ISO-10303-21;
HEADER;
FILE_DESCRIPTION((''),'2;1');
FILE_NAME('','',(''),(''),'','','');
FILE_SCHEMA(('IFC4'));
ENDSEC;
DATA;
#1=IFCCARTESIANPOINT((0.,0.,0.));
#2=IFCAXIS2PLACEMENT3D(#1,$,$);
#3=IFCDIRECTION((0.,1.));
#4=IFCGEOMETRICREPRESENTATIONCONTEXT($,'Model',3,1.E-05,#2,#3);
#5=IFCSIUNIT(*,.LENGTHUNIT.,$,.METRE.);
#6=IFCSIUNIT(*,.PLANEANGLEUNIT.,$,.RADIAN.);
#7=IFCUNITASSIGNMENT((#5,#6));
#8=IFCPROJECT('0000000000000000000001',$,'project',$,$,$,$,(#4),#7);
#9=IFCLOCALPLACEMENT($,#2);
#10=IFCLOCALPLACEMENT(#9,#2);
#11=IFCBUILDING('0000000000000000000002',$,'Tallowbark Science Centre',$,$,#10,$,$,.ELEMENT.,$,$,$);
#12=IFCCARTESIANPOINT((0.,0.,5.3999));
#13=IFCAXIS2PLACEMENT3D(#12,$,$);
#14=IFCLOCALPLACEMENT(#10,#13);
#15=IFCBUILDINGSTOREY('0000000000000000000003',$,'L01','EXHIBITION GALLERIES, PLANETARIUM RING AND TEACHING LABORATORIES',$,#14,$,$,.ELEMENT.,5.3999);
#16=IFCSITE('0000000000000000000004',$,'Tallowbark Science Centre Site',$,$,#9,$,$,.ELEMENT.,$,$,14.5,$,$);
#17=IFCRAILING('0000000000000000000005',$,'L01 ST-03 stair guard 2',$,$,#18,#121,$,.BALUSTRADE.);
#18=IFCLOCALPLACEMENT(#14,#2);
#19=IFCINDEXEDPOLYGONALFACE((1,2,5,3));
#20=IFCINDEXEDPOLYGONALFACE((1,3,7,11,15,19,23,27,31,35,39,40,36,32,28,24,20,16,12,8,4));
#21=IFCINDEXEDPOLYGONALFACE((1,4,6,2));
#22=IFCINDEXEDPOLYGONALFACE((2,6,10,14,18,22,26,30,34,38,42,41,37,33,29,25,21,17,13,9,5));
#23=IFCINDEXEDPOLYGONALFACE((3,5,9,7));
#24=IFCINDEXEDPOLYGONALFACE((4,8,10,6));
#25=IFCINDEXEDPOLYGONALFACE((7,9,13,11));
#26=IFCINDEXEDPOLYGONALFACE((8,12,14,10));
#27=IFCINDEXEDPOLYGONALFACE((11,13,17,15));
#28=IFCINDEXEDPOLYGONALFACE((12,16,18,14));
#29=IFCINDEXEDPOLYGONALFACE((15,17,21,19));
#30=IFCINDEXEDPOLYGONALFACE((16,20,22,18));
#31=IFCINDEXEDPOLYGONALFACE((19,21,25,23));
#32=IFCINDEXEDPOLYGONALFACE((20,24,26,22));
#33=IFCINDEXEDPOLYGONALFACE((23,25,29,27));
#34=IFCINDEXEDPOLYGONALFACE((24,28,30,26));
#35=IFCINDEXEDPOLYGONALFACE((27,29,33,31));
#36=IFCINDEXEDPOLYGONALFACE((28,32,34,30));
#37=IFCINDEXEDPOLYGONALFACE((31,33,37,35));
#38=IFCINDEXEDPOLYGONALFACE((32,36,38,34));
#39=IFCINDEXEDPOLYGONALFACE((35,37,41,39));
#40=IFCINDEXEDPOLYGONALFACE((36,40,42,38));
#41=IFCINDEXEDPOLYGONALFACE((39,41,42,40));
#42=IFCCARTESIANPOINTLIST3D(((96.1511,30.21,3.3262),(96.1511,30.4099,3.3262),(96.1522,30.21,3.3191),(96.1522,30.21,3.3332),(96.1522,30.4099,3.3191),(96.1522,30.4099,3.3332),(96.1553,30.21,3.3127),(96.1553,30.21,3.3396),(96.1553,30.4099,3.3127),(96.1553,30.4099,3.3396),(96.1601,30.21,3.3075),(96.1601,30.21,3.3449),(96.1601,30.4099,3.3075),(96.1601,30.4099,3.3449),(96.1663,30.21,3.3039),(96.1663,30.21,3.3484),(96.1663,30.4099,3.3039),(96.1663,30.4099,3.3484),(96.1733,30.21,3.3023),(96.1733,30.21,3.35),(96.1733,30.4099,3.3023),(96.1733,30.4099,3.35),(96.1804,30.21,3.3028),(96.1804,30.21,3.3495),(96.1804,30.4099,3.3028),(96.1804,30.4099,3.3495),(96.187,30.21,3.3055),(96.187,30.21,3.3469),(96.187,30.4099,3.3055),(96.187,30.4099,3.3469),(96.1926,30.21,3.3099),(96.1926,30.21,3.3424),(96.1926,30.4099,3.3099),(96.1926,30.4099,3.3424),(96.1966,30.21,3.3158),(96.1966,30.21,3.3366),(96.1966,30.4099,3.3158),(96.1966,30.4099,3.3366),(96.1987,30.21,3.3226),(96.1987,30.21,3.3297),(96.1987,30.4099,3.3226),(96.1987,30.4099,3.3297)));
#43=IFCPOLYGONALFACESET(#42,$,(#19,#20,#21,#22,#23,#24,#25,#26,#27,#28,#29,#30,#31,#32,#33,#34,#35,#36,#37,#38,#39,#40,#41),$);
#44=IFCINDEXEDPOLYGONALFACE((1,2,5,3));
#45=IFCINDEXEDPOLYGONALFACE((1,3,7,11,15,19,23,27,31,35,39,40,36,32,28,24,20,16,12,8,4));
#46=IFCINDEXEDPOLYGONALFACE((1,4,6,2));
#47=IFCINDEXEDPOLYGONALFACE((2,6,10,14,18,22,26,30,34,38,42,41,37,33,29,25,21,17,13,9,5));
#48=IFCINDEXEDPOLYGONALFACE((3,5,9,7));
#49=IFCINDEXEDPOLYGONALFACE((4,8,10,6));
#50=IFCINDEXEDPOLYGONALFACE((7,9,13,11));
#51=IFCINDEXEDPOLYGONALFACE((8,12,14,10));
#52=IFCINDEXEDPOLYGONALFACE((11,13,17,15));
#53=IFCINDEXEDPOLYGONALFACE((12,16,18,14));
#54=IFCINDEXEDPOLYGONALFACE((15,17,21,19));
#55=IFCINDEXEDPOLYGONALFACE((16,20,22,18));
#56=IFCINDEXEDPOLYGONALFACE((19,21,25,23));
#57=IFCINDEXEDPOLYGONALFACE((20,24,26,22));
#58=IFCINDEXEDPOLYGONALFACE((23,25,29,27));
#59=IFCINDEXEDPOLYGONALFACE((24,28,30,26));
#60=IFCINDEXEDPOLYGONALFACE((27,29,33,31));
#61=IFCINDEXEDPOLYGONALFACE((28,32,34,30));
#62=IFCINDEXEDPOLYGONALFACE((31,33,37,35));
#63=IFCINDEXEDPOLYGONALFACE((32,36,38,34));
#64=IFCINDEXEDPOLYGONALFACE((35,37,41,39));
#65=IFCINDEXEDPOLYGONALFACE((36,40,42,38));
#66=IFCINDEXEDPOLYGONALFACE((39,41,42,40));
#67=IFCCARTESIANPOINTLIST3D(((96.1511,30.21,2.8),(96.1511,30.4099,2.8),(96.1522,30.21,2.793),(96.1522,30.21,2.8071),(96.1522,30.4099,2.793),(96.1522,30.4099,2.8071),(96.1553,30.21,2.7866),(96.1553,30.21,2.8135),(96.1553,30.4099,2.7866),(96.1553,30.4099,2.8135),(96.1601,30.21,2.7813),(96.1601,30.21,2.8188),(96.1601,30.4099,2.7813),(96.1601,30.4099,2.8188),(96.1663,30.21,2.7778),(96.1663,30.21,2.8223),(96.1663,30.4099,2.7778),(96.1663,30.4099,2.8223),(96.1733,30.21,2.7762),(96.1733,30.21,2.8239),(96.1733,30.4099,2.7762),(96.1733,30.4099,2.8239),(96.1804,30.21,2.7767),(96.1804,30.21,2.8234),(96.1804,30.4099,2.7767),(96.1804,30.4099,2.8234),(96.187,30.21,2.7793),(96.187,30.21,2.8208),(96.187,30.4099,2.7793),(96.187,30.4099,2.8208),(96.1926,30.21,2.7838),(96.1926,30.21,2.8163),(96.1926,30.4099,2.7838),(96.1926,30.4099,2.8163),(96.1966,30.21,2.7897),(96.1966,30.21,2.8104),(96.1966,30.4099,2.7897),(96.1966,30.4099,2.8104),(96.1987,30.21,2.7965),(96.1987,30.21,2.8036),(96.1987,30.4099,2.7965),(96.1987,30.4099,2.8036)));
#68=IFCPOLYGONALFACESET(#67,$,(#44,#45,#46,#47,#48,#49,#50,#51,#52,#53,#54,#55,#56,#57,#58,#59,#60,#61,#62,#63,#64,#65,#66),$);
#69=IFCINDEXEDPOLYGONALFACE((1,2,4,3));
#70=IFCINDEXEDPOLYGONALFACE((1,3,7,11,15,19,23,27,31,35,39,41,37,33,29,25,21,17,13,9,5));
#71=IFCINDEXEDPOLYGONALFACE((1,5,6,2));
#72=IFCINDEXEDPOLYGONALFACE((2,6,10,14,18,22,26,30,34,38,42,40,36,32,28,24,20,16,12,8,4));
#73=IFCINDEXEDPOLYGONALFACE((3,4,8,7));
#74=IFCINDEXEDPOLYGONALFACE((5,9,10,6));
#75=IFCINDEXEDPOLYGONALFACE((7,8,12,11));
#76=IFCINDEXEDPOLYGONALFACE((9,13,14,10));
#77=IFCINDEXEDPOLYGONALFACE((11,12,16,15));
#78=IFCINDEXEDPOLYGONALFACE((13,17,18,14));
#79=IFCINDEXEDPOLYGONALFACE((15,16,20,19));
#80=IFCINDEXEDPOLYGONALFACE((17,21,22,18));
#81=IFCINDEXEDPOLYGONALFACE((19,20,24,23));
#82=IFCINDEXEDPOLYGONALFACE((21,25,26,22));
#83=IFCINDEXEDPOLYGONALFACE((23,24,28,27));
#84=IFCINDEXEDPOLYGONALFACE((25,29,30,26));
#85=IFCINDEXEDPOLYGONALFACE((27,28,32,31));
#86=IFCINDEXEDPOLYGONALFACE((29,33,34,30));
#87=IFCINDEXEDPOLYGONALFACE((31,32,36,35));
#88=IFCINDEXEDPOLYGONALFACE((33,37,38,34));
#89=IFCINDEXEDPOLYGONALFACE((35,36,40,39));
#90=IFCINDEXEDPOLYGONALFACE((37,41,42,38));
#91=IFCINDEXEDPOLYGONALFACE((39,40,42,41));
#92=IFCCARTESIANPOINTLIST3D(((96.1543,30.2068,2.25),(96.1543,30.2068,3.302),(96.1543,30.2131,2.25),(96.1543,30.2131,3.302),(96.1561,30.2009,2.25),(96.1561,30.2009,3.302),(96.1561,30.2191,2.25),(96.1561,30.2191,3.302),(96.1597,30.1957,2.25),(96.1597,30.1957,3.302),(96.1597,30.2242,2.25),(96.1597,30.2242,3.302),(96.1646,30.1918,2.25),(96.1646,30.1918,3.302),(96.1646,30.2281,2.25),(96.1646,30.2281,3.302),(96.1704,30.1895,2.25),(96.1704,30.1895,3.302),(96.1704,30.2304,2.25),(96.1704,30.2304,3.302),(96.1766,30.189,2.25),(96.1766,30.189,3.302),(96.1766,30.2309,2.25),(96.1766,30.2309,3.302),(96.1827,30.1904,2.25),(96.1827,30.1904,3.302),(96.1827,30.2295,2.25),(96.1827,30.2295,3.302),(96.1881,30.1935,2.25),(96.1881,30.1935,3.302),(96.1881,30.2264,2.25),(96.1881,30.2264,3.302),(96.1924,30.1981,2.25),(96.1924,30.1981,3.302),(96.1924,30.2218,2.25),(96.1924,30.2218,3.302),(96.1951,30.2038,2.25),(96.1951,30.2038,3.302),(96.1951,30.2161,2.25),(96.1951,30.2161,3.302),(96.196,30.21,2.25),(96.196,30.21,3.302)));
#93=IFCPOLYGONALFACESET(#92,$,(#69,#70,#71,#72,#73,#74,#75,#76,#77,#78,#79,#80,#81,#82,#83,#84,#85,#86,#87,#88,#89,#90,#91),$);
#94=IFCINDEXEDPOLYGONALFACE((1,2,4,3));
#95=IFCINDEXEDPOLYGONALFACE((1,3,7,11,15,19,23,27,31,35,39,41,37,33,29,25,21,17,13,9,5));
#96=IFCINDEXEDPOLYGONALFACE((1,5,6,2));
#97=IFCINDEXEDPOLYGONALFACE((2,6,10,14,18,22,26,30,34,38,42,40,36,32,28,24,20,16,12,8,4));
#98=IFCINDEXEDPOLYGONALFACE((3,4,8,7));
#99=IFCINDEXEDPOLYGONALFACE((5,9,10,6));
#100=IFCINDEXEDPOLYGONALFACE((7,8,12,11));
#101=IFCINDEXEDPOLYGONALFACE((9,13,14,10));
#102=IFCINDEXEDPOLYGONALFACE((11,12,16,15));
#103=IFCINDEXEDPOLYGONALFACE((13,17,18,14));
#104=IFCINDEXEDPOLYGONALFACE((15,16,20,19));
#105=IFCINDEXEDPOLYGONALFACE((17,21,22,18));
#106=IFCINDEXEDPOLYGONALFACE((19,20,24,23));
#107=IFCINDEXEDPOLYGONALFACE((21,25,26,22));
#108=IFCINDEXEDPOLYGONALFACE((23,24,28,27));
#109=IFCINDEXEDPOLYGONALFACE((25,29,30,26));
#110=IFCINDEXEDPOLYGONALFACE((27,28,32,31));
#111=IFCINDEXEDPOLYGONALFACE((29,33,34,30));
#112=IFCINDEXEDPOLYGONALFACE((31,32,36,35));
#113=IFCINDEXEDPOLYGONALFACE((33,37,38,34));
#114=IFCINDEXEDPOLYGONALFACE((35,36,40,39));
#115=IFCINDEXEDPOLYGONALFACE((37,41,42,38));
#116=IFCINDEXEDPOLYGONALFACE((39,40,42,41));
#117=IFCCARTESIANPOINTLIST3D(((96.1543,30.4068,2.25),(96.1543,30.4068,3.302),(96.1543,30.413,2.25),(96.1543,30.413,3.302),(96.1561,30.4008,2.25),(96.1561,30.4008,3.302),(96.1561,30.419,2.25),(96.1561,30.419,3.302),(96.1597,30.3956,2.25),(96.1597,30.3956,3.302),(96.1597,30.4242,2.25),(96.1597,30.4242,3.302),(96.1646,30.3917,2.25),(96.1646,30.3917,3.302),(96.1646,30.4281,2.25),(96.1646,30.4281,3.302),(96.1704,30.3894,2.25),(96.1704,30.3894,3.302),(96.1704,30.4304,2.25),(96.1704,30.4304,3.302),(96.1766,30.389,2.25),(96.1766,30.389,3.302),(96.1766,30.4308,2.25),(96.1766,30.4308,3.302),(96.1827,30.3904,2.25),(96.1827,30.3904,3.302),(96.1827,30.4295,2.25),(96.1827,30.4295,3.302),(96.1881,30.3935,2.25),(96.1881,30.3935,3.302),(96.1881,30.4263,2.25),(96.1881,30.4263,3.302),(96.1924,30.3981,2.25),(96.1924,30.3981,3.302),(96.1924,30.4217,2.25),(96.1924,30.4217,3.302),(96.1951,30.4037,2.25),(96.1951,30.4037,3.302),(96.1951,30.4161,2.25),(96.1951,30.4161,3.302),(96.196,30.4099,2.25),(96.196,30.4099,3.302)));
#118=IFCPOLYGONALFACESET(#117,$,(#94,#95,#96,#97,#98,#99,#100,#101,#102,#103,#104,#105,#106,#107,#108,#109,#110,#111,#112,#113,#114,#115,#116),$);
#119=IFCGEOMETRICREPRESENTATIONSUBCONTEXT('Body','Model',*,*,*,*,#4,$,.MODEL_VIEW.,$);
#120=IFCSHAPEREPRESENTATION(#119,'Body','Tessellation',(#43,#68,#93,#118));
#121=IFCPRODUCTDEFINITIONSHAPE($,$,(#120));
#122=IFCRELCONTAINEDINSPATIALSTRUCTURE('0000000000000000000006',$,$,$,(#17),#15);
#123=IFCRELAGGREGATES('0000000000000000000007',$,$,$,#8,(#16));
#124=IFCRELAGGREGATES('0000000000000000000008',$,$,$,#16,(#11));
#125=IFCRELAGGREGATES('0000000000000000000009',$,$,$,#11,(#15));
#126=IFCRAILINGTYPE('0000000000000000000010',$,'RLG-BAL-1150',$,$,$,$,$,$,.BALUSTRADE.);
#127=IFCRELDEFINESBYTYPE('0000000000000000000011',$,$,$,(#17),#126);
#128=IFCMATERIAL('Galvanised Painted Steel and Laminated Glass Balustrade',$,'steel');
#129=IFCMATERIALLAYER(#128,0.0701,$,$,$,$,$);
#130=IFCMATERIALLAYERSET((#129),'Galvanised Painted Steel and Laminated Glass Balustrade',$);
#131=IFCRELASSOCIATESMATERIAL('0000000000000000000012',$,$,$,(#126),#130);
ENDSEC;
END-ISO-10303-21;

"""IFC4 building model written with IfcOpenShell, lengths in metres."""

from ifc_helpers import new_model, si_unit, direction, frame, origin, origin_2d, place, context, subcontext, project, spatial, circle, extrude, material, layer, layer_set, type_object, element, save


model = new_model("IFC4")

# Units and contexts
model_context = context("Model", 3, precision=1e-05, world=origin(), true_north=direction((0.0, 1.0)))
body_context = subcontext(model_context, "Body", "Model", "MODEL_VIEW")
ifc_project = project(units=[si_unit("LENGTHUNIT", "METRE"), si_unit("PLANEANGLEUNIT", "RADIAN")], contexts=[model_context])

# Site, building, storey
site_placement = place(None, origin())
site = spatial("IfcSite", under=ifc_project, at=site_placement, Name="Tallowbark Science Centre Site", CompositionType="ELEMENT", RefElevation=14.5)
building_placement = place(site_placement, origin())
building = spatial("IfcBuilding", under=site, at=building_placement, Name="Tallowbark Science Centre", CompositionType="ELEMENT")
storey_placement = place(building_placement, frame((0.0, 0.0, 5.3999)))
storey = spatial("IfcBuildingStorey", under=building, at=storey_placement, Name="L01", Description="EXHIBITION GALLERIES, PLANETARIUM RING AND TEACHING LABORATORIES", CompositionType="ELEMENT", Elevation=5.3999)

# Railing
ifc_material_1 = material(Name="Galvanised Painted Steel and Laminated Glass Balustrade", Category="steel")
ifc_layer_1 = layer(ifc_material_1, 0.0701)
ifc_layer_set_1 = layer_set([ifc_layer_1], Name="Galvanised Painted Steel and Laminated Glass Balustrade")
railing_type_1 = type_object("IfcRailingType", Name="RLG-BAL-1150", PredefinedType="BALUSTRADE", material=ifc_layer_set_1)
railing_1_placement = place(storey_placement, frame((96.175, 30.21, 2.25)))
element("IfcRailing", 1, at=railing_1_placement, inside=storey, type_object=railing_type_1, Name="L01 ST-03 stair guard 2", PredefinedType="BALUSTRADE", context=body_context, shape_type="SweptSolid", body=[
    extrude(circle(Radius=0.0239, at=origin_2d()), frame((0.0, 0.0, 1.0762), z_axis=(0.0, 1.0, 0.0), x_axis=(-1.0, 0.0, 0.0)), (0.0, 0.0, 1.0), 0.2),
    extrude(circle(Radius=0.0239, at=origin_2d()), frame((0.0, 0.0, 0.55), z_axis=(0.0, 1.0, 0.0), x_axis=(-1.0, 0.0, 0.0)), (0.0, 0.0, 1.0), 0.2),
    extrude(circle(Radius=0.021, at=origin_2d()), origin(), (0.0, 0.0, 1.0), 1.052),
    extrude(circle(Radius=0.021, at=origin_2d()), frame((0.0, 0.2, 0.0)), (0.0, 0.0, 1.0), 1.052),
])

save(model, "model.ifc")
